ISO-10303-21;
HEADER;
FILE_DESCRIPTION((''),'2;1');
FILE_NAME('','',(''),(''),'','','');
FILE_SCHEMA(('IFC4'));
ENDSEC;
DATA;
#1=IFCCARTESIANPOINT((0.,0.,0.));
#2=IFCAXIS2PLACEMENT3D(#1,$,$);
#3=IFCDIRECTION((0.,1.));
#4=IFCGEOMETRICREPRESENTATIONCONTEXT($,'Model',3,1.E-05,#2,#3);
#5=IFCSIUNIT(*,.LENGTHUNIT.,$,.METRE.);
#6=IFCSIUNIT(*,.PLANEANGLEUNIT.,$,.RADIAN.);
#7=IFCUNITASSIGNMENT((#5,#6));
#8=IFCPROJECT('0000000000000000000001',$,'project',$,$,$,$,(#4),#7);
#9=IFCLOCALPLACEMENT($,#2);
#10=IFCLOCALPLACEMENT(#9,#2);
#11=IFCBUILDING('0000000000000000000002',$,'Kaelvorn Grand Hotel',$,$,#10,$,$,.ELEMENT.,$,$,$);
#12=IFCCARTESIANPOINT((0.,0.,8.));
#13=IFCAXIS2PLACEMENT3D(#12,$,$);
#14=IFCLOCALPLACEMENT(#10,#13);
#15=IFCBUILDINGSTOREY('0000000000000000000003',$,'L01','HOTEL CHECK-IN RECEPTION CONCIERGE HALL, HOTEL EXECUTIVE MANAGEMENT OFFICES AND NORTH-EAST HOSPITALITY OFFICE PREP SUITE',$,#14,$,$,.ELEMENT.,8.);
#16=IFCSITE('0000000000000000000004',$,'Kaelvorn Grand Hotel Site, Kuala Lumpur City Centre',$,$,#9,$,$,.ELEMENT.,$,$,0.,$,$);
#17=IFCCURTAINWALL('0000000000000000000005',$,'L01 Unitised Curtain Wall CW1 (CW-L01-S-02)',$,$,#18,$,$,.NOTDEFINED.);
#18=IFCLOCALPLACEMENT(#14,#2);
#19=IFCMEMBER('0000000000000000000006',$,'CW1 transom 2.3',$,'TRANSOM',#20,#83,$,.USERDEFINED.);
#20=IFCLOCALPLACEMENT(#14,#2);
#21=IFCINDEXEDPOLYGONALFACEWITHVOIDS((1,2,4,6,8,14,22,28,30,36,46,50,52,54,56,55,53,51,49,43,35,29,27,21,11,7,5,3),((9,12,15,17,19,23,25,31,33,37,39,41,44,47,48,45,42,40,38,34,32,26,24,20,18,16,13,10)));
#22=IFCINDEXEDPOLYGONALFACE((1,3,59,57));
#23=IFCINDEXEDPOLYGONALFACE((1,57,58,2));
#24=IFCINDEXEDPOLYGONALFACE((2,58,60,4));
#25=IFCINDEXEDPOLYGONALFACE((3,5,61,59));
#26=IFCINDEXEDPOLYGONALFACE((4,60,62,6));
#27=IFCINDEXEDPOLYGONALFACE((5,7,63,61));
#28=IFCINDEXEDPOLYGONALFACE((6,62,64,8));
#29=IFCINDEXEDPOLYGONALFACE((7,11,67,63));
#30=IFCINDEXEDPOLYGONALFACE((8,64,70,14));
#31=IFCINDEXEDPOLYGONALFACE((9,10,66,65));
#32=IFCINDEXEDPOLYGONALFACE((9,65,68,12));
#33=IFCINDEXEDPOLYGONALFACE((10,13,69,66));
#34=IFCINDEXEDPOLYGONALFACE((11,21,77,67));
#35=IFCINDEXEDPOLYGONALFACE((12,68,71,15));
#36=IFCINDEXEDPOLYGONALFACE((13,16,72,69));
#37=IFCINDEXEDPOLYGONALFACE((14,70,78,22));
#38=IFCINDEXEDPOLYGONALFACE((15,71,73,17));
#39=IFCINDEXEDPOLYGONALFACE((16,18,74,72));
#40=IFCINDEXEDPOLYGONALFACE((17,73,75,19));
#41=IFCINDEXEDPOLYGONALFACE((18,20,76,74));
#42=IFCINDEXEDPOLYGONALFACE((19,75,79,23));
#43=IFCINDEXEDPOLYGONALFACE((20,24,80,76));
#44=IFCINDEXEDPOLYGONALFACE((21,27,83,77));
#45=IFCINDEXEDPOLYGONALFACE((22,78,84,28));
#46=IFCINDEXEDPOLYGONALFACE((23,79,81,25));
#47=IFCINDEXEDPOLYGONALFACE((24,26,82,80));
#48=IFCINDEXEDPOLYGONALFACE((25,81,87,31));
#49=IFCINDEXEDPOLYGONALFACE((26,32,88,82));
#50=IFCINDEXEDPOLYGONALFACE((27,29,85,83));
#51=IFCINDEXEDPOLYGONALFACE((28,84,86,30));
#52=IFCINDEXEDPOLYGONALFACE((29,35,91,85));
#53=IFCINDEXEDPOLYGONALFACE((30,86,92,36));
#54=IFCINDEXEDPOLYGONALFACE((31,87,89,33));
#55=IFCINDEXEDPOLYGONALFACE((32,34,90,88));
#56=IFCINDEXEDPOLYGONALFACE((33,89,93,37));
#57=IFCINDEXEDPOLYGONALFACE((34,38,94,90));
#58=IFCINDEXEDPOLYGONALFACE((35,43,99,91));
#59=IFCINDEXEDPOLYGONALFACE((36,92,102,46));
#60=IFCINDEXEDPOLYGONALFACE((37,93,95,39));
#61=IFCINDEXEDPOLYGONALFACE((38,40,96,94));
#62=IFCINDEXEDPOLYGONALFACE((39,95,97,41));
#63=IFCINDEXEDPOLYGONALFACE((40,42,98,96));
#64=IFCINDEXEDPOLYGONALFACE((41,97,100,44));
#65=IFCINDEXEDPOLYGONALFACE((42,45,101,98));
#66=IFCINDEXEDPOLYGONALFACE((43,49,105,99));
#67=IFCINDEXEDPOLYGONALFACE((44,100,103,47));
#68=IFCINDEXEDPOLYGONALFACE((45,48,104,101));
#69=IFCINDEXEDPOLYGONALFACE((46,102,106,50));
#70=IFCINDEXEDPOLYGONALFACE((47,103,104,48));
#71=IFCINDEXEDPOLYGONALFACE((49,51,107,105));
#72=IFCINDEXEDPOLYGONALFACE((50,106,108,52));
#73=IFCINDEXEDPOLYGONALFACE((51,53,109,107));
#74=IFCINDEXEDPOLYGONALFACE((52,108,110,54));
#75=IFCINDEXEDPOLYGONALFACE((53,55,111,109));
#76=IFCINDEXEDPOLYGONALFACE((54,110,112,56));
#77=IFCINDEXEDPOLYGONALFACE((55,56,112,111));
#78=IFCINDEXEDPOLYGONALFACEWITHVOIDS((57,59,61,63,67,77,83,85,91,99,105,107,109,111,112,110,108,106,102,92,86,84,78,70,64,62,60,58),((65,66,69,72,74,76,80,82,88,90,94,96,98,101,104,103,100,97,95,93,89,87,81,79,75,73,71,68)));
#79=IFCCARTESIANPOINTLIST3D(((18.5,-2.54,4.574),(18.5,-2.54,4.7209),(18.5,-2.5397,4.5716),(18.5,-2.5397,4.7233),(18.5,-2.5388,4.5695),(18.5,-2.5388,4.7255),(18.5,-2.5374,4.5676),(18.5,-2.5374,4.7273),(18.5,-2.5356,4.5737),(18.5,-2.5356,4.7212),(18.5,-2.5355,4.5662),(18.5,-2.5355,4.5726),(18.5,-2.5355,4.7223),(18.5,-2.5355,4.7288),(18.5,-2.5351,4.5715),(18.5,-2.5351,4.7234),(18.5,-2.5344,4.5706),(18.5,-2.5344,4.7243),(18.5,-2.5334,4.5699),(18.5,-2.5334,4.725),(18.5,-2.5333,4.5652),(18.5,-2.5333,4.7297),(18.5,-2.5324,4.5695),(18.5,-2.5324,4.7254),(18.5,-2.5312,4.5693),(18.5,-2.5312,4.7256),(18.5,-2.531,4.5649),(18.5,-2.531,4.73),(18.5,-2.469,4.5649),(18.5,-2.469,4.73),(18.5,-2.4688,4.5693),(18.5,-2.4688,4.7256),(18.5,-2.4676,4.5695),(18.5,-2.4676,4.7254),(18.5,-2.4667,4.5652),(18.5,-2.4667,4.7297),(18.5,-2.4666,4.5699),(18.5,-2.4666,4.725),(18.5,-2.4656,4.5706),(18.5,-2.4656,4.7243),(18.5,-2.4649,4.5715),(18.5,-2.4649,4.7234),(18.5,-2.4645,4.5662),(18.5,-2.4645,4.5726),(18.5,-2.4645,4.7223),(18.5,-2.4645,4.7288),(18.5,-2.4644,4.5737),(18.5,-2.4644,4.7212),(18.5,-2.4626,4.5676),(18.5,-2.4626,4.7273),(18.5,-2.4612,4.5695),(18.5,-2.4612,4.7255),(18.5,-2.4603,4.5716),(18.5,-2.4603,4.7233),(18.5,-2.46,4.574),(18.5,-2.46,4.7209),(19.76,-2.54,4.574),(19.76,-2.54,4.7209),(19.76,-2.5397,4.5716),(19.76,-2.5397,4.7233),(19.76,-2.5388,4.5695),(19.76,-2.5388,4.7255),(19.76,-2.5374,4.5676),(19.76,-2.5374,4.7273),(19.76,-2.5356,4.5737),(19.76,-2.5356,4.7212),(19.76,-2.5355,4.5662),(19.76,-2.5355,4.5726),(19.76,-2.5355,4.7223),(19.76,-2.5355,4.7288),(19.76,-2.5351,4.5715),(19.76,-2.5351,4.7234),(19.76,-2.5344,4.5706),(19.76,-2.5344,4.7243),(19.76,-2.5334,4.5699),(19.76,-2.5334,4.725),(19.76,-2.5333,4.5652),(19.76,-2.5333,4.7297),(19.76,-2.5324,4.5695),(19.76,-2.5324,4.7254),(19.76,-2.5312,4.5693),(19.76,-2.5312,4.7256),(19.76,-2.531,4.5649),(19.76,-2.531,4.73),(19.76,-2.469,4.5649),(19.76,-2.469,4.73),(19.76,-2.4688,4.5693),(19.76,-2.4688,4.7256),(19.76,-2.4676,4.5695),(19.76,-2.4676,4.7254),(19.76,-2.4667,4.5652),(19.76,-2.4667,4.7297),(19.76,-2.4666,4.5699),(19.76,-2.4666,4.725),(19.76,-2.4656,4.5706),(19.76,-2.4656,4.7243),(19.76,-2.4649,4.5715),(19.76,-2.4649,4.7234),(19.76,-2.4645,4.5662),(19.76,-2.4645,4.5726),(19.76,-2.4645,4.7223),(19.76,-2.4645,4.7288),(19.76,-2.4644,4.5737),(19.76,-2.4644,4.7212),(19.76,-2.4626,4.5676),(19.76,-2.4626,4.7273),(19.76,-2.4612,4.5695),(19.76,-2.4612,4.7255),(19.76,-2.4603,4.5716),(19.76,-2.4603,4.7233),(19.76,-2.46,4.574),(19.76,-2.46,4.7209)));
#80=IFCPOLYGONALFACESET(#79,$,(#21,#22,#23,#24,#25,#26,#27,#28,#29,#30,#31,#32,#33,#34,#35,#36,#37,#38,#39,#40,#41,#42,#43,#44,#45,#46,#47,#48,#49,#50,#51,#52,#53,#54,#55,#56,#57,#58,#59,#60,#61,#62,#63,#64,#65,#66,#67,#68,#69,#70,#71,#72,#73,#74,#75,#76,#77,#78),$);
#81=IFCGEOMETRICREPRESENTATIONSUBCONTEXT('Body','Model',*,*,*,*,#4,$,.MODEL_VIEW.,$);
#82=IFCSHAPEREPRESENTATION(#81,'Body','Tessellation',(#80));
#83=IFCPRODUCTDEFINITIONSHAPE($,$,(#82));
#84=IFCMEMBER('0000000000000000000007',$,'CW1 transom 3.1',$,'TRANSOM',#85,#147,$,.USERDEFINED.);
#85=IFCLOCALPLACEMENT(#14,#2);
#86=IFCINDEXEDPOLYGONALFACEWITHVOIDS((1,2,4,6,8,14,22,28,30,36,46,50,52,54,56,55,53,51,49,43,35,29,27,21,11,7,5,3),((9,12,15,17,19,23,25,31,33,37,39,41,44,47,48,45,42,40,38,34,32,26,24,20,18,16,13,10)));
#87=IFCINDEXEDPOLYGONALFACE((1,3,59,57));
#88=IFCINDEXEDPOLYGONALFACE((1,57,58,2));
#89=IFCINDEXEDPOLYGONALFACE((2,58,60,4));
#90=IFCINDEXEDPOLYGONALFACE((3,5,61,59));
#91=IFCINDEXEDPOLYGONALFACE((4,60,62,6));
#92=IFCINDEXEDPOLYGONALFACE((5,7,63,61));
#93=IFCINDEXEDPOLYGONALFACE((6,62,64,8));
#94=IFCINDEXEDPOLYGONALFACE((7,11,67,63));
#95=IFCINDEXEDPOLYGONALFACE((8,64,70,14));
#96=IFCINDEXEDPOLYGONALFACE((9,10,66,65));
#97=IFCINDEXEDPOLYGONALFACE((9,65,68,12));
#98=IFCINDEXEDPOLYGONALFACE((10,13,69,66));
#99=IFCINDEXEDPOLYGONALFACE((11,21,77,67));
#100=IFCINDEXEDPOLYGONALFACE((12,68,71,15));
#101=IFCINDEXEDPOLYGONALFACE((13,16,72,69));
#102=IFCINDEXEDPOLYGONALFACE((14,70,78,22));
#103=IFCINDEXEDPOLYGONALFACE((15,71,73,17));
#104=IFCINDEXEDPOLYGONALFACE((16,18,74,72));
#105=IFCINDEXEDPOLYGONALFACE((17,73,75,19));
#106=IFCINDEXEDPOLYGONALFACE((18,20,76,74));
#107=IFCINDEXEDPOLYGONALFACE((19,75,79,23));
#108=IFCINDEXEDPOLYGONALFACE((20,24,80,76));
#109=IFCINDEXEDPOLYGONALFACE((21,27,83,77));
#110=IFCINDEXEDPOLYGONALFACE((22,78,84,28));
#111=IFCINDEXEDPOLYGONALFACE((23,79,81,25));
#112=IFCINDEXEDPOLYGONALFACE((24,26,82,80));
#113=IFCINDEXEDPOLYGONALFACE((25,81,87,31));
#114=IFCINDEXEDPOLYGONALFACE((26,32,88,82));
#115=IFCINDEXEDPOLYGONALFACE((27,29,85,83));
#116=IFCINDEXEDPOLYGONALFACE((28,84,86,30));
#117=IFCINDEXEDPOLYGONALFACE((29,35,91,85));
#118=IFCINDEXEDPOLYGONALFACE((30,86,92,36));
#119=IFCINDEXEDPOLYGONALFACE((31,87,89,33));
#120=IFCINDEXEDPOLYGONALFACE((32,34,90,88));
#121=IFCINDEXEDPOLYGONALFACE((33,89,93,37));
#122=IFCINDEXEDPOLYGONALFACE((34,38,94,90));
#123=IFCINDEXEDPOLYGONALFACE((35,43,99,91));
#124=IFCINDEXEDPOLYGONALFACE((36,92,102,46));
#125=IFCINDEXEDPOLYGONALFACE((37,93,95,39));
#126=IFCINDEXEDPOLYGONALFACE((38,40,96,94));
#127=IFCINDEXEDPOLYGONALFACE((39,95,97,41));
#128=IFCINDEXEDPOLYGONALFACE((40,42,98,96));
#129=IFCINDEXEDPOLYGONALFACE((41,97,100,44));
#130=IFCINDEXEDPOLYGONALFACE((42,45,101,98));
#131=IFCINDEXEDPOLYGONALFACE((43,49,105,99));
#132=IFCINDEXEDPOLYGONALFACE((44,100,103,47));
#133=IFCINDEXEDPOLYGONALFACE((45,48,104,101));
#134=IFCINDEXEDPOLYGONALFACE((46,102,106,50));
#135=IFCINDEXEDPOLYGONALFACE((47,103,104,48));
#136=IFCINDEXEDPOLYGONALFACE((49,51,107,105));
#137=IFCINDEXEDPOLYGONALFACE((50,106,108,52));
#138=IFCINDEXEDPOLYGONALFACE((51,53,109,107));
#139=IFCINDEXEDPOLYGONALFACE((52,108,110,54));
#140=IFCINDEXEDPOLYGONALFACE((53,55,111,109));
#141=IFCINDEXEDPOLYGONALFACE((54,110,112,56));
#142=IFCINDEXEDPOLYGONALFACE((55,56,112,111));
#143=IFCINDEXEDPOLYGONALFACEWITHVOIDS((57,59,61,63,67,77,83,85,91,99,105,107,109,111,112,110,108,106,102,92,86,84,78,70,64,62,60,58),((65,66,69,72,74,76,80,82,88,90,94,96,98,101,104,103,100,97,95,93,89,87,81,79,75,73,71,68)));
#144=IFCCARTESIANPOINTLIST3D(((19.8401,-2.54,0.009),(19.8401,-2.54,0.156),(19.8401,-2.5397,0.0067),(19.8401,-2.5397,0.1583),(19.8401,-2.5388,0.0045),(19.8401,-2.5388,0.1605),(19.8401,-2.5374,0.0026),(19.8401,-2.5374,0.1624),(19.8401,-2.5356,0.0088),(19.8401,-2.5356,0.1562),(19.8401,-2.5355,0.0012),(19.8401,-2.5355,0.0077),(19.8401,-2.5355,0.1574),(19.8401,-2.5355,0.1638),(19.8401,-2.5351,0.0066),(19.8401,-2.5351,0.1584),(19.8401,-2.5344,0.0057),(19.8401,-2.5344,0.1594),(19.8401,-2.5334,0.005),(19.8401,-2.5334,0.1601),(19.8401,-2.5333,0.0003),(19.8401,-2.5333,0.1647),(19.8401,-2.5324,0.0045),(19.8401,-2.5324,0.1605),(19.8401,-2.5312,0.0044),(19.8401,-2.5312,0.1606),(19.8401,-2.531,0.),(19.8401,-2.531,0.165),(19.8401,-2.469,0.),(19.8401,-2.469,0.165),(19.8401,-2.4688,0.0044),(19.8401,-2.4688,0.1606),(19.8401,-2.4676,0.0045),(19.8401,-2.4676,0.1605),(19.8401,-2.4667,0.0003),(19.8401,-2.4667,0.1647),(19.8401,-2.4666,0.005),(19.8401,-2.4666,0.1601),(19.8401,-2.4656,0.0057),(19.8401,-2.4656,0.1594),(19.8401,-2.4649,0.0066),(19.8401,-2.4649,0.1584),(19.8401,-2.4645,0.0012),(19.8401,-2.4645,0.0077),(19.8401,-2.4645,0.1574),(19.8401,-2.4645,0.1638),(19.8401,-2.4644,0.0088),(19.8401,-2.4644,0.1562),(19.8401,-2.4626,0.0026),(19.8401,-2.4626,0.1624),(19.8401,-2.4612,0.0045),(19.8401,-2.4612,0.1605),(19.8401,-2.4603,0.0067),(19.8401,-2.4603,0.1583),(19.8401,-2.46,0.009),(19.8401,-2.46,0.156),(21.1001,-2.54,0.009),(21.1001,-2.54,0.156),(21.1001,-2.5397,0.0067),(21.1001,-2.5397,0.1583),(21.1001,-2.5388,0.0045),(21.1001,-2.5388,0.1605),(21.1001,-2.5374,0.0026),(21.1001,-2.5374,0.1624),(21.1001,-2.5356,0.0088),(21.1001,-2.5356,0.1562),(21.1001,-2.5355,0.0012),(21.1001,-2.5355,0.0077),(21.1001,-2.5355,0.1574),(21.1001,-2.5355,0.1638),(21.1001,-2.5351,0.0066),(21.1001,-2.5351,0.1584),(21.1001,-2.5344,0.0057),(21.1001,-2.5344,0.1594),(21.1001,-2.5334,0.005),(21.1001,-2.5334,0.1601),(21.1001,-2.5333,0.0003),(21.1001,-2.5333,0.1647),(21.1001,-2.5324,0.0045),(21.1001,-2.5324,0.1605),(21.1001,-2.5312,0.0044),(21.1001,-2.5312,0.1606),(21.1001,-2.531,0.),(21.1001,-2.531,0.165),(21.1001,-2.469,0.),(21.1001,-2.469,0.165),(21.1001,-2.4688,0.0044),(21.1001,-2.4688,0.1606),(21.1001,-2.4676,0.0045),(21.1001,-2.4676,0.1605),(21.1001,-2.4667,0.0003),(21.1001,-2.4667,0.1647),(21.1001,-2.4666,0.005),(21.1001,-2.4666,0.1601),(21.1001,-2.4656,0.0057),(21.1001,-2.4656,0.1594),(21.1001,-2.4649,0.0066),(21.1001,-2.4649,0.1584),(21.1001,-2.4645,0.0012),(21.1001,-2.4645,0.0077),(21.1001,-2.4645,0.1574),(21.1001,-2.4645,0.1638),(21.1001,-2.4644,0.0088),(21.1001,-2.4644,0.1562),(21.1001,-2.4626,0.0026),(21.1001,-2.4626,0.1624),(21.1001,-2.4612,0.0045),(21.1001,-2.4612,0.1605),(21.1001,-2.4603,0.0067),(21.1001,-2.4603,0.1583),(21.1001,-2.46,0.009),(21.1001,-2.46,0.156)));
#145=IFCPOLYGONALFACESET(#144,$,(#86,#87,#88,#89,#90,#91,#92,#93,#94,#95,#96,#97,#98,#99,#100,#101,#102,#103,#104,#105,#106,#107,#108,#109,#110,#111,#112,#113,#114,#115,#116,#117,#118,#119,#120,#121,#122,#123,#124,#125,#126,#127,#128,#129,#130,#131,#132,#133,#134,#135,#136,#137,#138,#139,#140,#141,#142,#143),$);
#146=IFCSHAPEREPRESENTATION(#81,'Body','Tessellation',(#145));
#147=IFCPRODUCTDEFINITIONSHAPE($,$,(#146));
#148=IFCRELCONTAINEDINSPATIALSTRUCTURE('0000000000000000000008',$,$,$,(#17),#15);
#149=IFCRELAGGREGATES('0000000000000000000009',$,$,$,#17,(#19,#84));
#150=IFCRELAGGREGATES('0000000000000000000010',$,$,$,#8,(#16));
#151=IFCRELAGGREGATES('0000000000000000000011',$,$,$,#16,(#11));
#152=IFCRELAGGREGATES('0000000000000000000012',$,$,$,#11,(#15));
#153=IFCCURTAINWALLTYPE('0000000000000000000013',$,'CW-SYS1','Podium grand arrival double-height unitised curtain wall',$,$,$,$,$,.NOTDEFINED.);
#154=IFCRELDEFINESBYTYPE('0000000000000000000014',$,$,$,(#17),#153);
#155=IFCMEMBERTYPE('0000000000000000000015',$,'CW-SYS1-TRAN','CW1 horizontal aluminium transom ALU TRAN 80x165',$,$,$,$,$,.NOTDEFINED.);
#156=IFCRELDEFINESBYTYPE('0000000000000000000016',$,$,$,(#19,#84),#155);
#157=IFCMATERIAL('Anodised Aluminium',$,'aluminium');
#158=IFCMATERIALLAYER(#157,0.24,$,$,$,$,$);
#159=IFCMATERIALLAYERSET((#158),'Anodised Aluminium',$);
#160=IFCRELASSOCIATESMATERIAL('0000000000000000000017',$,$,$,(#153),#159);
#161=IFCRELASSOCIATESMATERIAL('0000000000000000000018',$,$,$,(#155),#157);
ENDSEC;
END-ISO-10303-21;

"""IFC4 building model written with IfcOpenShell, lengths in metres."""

from ifc_helpers import new_model, si_unit, direction, frame, origin, origin_2d, place, context, subcontext, project, spatial, hollow_rectangle, extrude, material, layer, layer_set, material_profile, profile_set, type_object, element, aggregate, save


model = new_model("IFC4")

# Units and contexts
model_context = context("Model", 3, precision=1e-05, world=origin(), true_north=direction((0.0, 1.0)))
body_context = subcontext(model_context, "Body", "Model", "MODEL_VIEW")
ifc_project = project(units=[si_unit("LENGTHUNIT", "METRE"), si_unit("PLANEANGLEUNIT", "RADIAN")], contexts=[model_context])

# Site, building, storey
site_placement = place(None, origin())
site = spatial("IfcSite", under=ifc_project, at=site_placement, Name="Kaelvorn Grand Hotel Site, Kuala Lumpur City Centre", CompositionType="ELEMENT", RefElevation=0.0)
building_placement = place(site_placement, origin())
building = spatial("IfcBuilding", under=site, at=building_placement, Name="Kaelvorn Grand Hotel", CompositionType="ELEMENT")
storey_placement = place(building_placement, frame((0.0, 0.0, 8.0)))
storey = spatial("IfcBuildingStorey", under=building, at=storey_placement, Name="L01", Description="HOTEL CHECK-IN RECEPTION CONCIERGE HALL, HOTEL EXECUTIVE MANAGEMENT OFFICES AND NORTH-EAST HOSPITALITY OFFICE PREP SUITE", CompositionType="ELEMENT", Elevation=8.0)

# Curtain wall
ifc_material_1 = material(Name="Anodised Aluminium", Category="aluminium")
ifc_layer_1 = layer(ifc_material_1, 0.24)
ifc_layer_set_1 = layer_set([ifc_layer_1], Name="Anodised Aluminium")
curtain_wall_type = type_object("IfcCurtainWallType", Name="CW-SYS1", Description="Podium grand arrival double-height unitised curtain wall", PredefinedType="NOTDEFINED", material=ifc_layer_set_1)
curtain_wall_1_placement = place(storey_placement, origin())
curtain_wall_1 = element("IfcCurtainWall", 1, at=curtain_wall_1_placement, inside=storey, type_object=curtain_wall_type, Name="L01 Unitised Curtain Wall CW1 (CW-L01-S-02)", PredefinedType="NOTDEFINED")

# Members
ifc_material_profile_1 = material_profile(ifc_material_1, hollow_rectangle(XDim=0.0801, YDim=0.165, WallThickness=0.0044, InnerFilletRadius=0.0044, OuterFilletRadius=0.009, at=origin_2d()), Name="ALU TRAN 80x165")
ifc_profile_set_1 = profile_set([ifc_material_profile_1], Name="Anodised Aluminium")
member_type_1 = type_object("IfcMemberType", Name="CW-SYS1-TRAN", Description="CW1 horizontal aluminium transom ALU TRAN 80x165", PredefinedType="NOTDEFINED", material=ifc_profile_set_1)
member_1_placement = place(storey_placement, frame((18.5, -2.5, 4.6475), z_axis=(1.0, 0.0, 0.0), x_axis=(0.0, 1.0, 0.0)))
member_1 = element("IfcMember", 2, at=member_1_placement, type_object=member_type_1, Name="CW1 transom 2.3", ObjectType="TRANSOM", PredefinedType="USERDEFINED", context=body_context, shape_type="SweptSolid", body=[
    extrude(hollow_rectangle(XDim=0.0801, YDim=0.165, WallThickness=0.0044, InnerFilletRadius=0.0044, OuterFilletRadius=0.009, at=origin_2d()), origin(), (0.0, 0.0, 1.0), 1.26),
])
member_2_placement = place(storey_placement, frame((19.8401, -2.5, 0.0825), z_axis=(1.0, 0.0, 0.0), x_axis=(0.0, 1.0, 0.0)))
member_2 = element("IfcMember", 3, at=member_2_placement, type_object=member_type_1, Name="CW1 transom 3.1", ObjectType="TRANSOM", PredefinedType="USERDEFINED", context=body_context, shape_type="SweptSolid", body=[
    extrude(hollow_rectangle(XDim=0.0801, YDim=0.165, WallThickness=0.0044, InnerFilletRadius=0.0044, OuterFilletRadius=0.009, at=origin_2d()), origin(), (0.0, 0.0, 1.0), 1.26),
])

aggregate(curtain_wall_1, [member_1, member_2])

save(model, "model.ifc")
